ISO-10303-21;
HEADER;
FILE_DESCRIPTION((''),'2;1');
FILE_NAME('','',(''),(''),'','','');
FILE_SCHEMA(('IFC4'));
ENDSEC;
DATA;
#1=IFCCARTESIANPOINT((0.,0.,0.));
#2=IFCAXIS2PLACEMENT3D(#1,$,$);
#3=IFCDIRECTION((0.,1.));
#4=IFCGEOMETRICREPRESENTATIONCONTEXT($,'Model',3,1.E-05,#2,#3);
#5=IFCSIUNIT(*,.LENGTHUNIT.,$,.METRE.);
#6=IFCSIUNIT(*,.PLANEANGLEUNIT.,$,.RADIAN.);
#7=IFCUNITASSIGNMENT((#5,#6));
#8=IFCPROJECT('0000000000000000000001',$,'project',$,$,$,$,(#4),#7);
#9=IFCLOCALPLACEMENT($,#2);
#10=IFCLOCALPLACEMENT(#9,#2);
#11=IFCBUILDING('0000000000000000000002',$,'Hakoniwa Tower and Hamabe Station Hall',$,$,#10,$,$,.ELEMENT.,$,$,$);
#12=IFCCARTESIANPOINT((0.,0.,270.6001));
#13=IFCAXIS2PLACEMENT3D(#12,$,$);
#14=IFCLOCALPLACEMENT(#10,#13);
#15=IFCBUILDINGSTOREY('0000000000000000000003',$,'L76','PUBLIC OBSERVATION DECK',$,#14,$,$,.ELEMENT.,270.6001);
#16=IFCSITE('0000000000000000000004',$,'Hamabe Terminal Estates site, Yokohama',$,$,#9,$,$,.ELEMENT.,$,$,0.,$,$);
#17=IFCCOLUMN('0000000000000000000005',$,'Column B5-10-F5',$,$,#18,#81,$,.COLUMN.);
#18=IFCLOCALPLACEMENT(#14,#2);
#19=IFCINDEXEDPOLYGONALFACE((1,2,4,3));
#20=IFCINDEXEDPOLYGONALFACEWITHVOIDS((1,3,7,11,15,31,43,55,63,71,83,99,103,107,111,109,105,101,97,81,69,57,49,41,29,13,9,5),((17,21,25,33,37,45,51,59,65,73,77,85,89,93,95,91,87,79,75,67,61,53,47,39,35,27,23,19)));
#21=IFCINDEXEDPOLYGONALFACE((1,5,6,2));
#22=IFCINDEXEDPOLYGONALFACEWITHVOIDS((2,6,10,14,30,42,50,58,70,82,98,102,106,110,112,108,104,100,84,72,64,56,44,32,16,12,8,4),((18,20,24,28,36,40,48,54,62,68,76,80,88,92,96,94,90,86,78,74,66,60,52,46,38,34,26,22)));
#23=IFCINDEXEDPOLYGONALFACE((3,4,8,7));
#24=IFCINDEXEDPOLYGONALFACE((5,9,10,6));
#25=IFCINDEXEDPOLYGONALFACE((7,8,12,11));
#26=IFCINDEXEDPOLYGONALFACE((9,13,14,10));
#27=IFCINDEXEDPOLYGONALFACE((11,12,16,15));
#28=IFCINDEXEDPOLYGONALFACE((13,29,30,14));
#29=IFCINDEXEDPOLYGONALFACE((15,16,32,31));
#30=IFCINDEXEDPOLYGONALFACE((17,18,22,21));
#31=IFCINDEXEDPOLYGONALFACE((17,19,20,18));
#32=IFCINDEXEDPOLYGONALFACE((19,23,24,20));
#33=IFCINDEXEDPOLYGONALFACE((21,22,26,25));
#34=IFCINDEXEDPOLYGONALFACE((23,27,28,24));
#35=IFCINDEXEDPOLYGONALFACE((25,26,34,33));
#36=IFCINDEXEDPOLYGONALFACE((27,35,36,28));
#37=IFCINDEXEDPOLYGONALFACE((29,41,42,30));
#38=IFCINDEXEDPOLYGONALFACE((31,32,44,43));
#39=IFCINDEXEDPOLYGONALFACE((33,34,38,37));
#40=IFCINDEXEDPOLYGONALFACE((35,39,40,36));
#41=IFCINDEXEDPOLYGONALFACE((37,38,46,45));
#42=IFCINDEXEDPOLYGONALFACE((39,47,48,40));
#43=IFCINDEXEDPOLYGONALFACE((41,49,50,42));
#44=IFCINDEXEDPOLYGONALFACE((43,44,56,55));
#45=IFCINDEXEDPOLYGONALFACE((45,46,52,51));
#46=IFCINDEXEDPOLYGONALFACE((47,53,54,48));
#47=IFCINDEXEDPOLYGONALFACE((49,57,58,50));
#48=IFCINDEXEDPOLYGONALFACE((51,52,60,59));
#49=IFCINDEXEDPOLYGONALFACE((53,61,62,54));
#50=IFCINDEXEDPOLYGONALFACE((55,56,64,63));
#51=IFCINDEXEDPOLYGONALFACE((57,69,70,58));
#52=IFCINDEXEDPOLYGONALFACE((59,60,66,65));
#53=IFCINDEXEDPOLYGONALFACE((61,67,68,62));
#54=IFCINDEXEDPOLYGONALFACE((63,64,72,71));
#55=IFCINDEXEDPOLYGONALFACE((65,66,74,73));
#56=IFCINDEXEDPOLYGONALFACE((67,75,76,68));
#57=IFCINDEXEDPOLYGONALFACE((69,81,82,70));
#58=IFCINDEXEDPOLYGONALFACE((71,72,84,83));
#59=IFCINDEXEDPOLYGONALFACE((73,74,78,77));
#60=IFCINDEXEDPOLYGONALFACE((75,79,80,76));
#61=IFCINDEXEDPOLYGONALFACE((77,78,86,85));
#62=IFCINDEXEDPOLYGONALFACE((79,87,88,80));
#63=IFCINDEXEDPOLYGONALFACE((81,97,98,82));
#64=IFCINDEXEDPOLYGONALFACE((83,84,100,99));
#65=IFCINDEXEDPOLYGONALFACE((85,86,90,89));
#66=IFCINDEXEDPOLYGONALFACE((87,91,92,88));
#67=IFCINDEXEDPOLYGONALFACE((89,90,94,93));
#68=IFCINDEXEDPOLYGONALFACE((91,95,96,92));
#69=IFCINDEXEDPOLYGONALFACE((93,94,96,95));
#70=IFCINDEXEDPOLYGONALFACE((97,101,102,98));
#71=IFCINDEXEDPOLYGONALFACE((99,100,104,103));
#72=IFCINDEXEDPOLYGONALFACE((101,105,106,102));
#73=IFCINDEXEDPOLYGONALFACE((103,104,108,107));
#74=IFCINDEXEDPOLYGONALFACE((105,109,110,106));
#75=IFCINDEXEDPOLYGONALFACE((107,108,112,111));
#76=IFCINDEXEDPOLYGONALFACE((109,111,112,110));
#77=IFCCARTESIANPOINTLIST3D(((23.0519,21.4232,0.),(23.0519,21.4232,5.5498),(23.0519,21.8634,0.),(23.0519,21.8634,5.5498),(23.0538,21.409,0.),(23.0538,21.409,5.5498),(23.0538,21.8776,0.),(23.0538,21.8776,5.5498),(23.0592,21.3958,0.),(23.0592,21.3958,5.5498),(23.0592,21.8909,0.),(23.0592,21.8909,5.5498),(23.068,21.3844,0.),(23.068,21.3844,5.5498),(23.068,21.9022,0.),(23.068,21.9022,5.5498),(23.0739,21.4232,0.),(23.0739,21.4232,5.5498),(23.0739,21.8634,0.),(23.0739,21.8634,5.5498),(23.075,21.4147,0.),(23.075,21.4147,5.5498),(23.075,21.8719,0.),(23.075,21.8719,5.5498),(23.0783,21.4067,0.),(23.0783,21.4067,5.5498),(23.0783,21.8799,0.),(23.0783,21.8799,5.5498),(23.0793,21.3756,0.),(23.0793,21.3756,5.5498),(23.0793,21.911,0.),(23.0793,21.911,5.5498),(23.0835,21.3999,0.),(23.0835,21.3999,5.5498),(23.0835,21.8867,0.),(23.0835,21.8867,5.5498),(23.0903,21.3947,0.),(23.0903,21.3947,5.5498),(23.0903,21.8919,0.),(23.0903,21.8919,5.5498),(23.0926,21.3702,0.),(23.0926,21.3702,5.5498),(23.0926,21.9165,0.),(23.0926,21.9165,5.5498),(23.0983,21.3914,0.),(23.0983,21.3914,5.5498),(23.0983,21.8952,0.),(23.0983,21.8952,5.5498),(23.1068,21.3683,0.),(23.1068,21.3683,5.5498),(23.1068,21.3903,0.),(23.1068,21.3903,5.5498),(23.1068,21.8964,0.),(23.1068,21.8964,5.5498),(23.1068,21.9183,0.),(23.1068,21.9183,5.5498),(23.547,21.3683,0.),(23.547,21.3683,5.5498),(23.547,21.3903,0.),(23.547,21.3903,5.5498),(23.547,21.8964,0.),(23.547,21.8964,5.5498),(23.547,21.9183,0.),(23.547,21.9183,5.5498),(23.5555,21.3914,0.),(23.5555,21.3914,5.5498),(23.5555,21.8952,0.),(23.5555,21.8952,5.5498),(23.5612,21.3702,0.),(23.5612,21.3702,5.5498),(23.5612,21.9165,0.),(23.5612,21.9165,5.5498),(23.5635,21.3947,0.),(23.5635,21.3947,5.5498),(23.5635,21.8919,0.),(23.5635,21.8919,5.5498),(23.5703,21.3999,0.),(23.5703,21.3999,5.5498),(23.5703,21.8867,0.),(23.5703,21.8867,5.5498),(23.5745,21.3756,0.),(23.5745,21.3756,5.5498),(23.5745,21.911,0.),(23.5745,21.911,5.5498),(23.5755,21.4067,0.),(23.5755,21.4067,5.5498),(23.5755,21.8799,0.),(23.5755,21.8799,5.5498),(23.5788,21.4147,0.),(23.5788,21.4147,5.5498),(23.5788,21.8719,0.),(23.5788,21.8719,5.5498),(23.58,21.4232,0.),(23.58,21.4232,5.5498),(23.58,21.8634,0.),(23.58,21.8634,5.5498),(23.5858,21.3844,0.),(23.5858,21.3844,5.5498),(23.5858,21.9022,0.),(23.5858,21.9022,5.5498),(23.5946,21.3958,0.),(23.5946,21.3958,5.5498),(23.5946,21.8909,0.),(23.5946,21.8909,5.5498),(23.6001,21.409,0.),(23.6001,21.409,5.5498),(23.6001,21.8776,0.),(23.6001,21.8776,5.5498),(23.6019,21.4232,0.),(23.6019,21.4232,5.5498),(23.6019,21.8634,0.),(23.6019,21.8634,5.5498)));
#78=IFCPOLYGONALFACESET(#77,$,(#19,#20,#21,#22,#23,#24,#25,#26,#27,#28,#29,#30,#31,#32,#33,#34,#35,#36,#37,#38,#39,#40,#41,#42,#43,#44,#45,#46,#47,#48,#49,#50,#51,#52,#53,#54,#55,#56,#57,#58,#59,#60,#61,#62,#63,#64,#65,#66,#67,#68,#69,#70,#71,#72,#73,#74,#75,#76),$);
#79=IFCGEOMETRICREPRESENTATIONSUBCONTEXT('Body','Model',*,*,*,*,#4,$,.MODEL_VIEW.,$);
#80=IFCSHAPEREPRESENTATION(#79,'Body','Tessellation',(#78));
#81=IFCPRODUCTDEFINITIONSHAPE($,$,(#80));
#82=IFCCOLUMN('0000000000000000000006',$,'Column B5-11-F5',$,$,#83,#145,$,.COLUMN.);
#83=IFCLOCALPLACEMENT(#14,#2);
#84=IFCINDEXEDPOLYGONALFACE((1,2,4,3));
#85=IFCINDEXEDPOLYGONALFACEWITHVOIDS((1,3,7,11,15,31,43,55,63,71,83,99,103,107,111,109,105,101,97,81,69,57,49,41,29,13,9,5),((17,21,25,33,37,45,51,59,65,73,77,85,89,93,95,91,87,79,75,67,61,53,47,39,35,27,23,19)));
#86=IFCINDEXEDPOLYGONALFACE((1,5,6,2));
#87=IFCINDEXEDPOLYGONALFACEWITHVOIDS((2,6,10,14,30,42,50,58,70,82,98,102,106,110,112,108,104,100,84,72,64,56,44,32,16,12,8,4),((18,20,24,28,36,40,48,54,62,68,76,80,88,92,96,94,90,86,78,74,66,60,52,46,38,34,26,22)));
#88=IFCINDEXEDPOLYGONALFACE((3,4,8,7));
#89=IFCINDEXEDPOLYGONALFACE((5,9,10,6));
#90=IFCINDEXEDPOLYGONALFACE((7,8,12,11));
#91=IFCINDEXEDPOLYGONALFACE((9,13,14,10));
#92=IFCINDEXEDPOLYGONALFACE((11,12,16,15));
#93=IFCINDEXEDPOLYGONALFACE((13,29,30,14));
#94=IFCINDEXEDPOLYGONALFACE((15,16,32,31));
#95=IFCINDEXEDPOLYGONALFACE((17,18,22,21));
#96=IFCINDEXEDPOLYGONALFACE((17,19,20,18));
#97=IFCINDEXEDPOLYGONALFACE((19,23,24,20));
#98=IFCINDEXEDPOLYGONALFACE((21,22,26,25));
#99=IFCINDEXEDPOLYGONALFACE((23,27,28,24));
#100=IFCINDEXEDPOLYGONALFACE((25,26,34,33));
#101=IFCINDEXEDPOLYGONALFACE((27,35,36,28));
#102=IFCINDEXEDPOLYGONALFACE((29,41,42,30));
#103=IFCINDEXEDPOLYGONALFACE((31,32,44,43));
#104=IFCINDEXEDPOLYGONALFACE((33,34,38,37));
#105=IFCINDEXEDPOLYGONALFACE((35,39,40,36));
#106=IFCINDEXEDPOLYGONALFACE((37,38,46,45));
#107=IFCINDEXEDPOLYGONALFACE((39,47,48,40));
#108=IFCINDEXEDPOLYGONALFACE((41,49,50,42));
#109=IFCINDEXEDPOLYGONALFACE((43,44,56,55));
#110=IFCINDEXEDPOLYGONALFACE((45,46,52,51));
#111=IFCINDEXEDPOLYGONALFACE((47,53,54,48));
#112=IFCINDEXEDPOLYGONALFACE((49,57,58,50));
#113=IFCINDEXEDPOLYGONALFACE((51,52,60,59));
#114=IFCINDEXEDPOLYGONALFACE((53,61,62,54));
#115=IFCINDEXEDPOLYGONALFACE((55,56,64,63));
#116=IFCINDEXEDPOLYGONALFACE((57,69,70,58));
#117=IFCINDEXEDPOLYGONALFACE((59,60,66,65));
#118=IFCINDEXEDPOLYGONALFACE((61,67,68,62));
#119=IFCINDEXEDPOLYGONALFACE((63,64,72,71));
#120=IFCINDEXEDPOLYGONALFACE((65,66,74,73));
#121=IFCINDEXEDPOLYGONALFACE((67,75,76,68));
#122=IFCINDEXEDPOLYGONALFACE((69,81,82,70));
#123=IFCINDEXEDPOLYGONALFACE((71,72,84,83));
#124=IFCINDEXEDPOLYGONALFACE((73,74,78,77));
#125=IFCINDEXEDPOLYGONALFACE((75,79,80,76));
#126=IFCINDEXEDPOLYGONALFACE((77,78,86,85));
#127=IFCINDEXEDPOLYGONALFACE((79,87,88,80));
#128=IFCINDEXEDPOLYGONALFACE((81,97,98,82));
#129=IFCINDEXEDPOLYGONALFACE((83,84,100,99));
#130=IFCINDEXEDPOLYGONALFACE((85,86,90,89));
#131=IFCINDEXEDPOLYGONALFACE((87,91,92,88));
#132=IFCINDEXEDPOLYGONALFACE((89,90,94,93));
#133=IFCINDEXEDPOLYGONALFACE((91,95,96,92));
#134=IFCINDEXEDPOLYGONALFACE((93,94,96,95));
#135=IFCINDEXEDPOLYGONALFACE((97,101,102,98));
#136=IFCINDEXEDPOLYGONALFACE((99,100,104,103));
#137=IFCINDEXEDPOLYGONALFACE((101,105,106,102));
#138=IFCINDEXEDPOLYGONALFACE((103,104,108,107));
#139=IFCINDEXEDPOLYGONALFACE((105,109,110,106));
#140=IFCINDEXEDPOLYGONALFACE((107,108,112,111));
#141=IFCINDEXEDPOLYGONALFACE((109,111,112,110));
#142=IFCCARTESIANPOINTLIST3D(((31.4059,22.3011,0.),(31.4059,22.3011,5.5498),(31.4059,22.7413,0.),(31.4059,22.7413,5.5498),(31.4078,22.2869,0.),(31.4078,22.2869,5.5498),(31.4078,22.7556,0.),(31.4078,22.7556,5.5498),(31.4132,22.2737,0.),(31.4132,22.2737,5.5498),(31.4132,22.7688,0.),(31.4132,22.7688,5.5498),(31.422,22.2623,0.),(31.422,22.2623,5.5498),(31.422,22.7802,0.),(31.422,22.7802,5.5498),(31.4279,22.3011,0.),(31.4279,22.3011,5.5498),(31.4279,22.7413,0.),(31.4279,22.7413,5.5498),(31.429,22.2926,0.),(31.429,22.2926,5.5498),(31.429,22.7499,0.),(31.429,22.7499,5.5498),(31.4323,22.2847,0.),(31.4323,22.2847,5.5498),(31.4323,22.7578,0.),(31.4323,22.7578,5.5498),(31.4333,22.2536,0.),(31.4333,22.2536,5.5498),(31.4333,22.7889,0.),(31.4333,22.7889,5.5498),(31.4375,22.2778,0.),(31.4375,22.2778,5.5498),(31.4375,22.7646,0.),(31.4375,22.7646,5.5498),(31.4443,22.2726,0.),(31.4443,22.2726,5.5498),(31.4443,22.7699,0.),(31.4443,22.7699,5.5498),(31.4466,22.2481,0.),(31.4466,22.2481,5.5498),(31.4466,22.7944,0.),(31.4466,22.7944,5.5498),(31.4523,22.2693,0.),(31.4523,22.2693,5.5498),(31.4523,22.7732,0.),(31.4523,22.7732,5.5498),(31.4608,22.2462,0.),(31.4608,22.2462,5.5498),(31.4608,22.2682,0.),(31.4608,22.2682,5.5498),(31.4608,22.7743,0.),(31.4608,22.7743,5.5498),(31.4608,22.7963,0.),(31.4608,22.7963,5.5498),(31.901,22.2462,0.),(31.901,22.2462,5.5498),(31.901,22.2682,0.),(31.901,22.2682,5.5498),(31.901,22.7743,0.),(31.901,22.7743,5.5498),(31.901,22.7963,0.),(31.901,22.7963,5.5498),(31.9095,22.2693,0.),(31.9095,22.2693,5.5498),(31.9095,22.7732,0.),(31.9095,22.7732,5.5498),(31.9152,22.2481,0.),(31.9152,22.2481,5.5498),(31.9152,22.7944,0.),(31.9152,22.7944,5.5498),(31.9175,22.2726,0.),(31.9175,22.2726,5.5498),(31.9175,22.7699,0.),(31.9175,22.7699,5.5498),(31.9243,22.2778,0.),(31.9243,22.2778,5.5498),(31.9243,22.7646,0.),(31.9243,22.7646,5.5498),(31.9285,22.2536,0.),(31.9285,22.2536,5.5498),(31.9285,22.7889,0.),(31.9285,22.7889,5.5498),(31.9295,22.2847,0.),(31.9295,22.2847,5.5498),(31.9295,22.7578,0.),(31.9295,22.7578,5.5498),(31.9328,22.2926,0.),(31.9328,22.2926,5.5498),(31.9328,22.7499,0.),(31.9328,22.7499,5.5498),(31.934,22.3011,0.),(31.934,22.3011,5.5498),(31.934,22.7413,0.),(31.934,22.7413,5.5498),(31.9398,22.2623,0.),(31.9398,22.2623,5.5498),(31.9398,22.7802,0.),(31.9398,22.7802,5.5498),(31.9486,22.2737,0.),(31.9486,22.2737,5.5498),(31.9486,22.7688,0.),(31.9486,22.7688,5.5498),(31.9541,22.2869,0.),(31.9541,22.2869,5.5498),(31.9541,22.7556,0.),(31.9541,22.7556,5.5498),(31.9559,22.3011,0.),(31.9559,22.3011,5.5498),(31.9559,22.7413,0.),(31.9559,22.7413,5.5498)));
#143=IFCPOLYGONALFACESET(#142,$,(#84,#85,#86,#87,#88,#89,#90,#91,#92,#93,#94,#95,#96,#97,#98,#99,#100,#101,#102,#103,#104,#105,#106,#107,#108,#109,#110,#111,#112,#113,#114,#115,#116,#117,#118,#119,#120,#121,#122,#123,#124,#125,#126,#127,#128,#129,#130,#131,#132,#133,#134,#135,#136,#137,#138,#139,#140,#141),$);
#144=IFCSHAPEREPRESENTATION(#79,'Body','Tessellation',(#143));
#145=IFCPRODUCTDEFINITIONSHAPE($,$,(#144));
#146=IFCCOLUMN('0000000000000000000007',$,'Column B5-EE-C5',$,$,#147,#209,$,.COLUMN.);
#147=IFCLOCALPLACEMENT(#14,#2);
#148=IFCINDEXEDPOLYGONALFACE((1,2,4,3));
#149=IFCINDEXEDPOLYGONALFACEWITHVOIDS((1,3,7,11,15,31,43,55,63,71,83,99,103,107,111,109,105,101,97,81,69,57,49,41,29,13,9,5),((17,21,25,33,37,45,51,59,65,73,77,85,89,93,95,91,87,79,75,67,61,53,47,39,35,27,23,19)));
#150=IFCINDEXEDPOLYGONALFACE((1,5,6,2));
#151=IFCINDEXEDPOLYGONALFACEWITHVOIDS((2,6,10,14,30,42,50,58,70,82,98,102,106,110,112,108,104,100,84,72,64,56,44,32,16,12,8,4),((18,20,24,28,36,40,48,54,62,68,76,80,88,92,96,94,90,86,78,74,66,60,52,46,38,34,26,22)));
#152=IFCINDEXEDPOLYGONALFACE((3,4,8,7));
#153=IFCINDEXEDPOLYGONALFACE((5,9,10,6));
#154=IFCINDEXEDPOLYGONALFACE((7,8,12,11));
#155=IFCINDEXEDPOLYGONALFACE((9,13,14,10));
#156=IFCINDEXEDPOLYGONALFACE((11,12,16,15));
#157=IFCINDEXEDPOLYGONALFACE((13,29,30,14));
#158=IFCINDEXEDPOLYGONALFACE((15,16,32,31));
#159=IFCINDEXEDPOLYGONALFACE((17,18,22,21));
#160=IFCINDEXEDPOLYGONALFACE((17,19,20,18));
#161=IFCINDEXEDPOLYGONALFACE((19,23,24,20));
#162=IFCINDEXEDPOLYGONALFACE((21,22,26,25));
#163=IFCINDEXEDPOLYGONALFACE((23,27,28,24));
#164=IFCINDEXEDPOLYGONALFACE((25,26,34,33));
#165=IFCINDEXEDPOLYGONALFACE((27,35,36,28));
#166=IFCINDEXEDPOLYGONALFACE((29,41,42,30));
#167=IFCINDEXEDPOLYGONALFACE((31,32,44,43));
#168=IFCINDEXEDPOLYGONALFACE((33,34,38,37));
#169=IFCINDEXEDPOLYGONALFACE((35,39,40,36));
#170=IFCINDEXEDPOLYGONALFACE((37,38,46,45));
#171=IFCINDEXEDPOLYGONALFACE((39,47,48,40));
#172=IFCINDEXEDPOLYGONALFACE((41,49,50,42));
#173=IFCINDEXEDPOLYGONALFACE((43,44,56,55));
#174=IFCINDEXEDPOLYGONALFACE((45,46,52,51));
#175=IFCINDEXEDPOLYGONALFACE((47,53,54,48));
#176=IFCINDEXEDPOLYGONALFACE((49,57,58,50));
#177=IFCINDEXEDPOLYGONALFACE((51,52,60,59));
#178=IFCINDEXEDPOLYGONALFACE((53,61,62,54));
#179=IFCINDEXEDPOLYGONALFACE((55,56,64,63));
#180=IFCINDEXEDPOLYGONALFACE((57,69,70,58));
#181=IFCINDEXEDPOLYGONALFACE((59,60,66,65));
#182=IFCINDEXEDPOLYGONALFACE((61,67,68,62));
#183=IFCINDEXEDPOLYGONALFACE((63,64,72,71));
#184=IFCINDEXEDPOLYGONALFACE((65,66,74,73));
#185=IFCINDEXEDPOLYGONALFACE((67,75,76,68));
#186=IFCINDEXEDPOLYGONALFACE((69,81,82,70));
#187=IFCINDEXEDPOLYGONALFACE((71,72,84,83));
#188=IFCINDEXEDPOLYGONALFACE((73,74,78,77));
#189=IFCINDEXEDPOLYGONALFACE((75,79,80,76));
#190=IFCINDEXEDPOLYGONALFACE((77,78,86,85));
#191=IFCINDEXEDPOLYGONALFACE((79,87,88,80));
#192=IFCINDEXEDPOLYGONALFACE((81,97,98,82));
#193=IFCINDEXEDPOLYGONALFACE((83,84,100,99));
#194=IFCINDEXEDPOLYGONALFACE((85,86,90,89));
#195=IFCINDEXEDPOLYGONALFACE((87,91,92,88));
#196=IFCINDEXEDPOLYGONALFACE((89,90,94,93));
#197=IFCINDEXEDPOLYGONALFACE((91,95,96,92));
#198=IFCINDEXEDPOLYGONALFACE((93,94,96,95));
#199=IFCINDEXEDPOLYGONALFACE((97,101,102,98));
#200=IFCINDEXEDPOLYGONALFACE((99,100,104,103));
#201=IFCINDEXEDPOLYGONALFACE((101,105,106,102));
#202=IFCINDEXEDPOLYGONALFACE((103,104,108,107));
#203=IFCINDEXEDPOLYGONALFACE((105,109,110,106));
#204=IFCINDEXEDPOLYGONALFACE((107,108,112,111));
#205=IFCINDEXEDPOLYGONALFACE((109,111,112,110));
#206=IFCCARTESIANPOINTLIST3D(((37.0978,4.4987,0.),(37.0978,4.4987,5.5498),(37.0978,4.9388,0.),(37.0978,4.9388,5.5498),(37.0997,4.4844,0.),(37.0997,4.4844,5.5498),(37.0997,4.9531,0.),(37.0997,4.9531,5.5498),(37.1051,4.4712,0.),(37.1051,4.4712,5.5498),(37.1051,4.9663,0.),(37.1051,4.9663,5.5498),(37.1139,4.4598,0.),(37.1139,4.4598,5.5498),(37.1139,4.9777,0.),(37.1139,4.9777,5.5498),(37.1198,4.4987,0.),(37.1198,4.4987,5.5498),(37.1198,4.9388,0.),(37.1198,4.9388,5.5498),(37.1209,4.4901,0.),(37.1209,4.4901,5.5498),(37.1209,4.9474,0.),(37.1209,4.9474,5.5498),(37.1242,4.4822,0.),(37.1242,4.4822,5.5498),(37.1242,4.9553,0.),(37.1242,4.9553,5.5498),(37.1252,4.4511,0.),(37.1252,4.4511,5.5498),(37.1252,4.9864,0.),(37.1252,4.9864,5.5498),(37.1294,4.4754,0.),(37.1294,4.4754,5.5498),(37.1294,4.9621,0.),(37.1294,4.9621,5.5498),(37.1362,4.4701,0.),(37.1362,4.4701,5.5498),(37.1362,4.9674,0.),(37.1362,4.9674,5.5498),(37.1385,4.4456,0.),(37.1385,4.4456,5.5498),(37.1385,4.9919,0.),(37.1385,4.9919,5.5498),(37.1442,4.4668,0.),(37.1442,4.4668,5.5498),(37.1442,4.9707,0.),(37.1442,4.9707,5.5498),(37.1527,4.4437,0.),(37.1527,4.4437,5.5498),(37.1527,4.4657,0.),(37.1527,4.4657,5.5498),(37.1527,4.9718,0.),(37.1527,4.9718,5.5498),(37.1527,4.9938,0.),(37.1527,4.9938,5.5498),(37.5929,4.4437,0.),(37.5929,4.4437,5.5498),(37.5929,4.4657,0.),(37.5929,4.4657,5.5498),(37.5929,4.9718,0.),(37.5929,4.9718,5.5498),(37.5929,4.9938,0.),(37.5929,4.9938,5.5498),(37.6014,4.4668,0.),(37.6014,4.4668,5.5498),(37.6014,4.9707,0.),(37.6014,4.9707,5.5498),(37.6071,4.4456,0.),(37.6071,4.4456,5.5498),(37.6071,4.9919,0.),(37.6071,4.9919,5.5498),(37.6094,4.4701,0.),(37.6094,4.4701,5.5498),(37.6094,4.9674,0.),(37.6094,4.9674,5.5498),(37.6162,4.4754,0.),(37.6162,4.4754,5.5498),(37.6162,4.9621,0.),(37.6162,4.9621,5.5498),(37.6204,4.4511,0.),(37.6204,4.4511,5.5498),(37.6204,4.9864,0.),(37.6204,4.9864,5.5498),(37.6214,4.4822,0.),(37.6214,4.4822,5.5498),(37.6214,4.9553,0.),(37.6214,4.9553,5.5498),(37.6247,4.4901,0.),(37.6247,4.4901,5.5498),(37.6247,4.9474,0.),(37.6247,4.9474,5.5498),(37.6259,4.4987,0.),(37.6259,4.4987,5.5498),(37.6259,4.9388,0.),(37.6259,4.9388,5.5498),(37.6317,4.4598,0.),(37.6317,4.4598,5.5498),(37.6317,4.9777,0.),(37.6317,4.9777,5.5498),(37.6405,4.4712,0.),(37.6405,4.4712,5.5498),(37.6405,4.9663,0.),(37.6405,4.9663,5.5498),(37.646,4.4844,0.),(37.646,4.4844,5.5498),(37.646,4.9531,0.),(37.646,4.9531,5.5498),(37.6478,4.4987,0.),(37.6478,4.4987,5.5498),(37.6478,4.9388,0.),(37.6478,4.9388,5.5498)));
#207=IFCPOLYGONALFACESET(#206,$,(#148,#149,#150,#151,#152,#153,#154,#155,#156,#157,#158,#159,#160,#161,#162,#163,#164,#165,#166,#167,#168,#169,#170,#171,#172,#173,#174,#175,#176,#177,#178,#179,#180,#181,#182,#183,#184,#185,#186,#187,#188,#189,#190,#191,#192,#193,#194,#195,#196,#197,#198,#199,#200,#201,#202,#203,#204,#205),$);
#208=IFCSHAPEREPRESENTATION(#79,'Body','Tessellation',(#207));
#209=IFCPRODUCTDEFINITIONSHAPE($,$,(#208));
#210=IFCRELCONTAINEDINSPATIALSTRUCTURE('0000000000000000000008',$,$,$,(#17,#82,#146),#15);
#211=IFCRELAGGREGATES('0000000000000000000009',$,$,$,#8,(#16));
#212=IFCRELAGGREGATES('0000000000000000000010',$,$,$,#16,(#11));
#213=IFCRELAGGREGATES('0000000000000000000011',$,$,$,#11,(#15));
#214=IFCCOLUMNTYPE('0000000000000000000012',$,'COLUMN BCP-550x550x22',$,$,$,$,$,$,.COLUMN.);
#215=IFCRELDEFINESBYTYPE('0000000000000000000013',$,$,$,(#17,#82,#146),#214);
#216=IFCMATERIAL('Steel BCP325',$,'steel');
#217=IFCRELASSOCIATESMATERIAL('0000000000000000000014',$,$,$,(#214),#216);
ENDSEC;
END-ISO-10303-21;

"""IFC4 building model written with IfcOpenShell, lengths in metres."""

from ifc_helpers import new_model, si_unit, direction, frame, origin, origin_2d, place, context, subcontext, project, spatial, hollow_rectangle, extrude, material, material_profile, profile_set, type_object, element, save


model = new_model("IFC4")

# Units and contexts
model_context = context("Model", 3, precision=1e-05, world=origin(), true_north=direction((0.0, 1.0)))
body_context = subcontext(model_context, "Body", "Model", "MODEL_VIEW")
ifc_project = project(units=[si_unit("LENGTHUNIT", "METRE"), si_unit("PLANEANGLEUNIT", "RADIAN")], contexts=[model_context])

# Site, building, storey
site_placement = place(None, origin())
site = spatial("IfcSite", under=ifc_project, at=site_placement, Name="Hamabe Terminal Estates site, Yokohama", CompositionType="ELEMENT", RefElevation=0.0)
building_placement = place(site_placement, origin())
building = spatial("IfcBuilding", under=site, at=building_placement, Name="Hakoniwa Tower and Hamabe Station Hall", CompositionType="ELEMENT")
storey_placement = place(building_placement, frame((0.0, 0.0, 270.6001)))
storey = spatial("IfcBuildingStorey", under=building, at=storey_placement, Name="L76", Description="PUBLIC OBSERVATION DECK", CompositionType="ELEMENT", Elevation=270.6001)

# Columns
ifc_material_1 = material(Name="Steel BCP325", Category="steel")
ifc_material_profile_1 = material_profile(ifc_material_1, hollow_rectangle(XDim=0.55, YDim=0.55, WallThickness=0.022, InnerFilletRadius=0.033, OuterFilletRadius=0.0549, at=origin_2d()), Name="BCP-550x550x22")
ifc_profile_set_1 = profile_set([ifc_material_profile_1], Name="Steel BCP325")
column_type = type_object("IfcColumnType", Name="COLUMN BCP-550x550x22", PredefinedType="COLUMN", material=ifc_profile_set_1)
for number, where, z_axis, x_axis, name in (
    (1, (23.3269, 21.6433, 0.0), (0.0, 0.0, 1.0), (1.0, 0.0, 0.0), "Column B5-10-F5"),
    (2, (31.6809, 22.5212, 0.0), (0.0, 0.0, 1.0), (1.0, 0.0, 0.0), "Column B5-11-F5"),
    (3, (37.3728, 4.7188, 0.0), (0.0, 0.0, 1.0), (1.0, 0.0, 0.0), "Column B5-EE-C5"),
):
    element("IfcColumn", number, at=place(storey_placement, frame(where, z_axis=z_axis, x_axis=x_axis)), inside=storey, type_object=column_type, Name=name, PredefinedType="COLUMN", context=body_context, shape_type="SweptSolid", body=[
        extrude(hollow_rectangle(XDim=0.55, YDim=0.55, WallThickness=0.022, InnerFilletRadius=0.033, OuterFilletRadius=0.0549, at=origin_2d()), origin(), (0.0, 0.0, 1.0), 5.5498),
    ])

save(model, "model.ifc")
